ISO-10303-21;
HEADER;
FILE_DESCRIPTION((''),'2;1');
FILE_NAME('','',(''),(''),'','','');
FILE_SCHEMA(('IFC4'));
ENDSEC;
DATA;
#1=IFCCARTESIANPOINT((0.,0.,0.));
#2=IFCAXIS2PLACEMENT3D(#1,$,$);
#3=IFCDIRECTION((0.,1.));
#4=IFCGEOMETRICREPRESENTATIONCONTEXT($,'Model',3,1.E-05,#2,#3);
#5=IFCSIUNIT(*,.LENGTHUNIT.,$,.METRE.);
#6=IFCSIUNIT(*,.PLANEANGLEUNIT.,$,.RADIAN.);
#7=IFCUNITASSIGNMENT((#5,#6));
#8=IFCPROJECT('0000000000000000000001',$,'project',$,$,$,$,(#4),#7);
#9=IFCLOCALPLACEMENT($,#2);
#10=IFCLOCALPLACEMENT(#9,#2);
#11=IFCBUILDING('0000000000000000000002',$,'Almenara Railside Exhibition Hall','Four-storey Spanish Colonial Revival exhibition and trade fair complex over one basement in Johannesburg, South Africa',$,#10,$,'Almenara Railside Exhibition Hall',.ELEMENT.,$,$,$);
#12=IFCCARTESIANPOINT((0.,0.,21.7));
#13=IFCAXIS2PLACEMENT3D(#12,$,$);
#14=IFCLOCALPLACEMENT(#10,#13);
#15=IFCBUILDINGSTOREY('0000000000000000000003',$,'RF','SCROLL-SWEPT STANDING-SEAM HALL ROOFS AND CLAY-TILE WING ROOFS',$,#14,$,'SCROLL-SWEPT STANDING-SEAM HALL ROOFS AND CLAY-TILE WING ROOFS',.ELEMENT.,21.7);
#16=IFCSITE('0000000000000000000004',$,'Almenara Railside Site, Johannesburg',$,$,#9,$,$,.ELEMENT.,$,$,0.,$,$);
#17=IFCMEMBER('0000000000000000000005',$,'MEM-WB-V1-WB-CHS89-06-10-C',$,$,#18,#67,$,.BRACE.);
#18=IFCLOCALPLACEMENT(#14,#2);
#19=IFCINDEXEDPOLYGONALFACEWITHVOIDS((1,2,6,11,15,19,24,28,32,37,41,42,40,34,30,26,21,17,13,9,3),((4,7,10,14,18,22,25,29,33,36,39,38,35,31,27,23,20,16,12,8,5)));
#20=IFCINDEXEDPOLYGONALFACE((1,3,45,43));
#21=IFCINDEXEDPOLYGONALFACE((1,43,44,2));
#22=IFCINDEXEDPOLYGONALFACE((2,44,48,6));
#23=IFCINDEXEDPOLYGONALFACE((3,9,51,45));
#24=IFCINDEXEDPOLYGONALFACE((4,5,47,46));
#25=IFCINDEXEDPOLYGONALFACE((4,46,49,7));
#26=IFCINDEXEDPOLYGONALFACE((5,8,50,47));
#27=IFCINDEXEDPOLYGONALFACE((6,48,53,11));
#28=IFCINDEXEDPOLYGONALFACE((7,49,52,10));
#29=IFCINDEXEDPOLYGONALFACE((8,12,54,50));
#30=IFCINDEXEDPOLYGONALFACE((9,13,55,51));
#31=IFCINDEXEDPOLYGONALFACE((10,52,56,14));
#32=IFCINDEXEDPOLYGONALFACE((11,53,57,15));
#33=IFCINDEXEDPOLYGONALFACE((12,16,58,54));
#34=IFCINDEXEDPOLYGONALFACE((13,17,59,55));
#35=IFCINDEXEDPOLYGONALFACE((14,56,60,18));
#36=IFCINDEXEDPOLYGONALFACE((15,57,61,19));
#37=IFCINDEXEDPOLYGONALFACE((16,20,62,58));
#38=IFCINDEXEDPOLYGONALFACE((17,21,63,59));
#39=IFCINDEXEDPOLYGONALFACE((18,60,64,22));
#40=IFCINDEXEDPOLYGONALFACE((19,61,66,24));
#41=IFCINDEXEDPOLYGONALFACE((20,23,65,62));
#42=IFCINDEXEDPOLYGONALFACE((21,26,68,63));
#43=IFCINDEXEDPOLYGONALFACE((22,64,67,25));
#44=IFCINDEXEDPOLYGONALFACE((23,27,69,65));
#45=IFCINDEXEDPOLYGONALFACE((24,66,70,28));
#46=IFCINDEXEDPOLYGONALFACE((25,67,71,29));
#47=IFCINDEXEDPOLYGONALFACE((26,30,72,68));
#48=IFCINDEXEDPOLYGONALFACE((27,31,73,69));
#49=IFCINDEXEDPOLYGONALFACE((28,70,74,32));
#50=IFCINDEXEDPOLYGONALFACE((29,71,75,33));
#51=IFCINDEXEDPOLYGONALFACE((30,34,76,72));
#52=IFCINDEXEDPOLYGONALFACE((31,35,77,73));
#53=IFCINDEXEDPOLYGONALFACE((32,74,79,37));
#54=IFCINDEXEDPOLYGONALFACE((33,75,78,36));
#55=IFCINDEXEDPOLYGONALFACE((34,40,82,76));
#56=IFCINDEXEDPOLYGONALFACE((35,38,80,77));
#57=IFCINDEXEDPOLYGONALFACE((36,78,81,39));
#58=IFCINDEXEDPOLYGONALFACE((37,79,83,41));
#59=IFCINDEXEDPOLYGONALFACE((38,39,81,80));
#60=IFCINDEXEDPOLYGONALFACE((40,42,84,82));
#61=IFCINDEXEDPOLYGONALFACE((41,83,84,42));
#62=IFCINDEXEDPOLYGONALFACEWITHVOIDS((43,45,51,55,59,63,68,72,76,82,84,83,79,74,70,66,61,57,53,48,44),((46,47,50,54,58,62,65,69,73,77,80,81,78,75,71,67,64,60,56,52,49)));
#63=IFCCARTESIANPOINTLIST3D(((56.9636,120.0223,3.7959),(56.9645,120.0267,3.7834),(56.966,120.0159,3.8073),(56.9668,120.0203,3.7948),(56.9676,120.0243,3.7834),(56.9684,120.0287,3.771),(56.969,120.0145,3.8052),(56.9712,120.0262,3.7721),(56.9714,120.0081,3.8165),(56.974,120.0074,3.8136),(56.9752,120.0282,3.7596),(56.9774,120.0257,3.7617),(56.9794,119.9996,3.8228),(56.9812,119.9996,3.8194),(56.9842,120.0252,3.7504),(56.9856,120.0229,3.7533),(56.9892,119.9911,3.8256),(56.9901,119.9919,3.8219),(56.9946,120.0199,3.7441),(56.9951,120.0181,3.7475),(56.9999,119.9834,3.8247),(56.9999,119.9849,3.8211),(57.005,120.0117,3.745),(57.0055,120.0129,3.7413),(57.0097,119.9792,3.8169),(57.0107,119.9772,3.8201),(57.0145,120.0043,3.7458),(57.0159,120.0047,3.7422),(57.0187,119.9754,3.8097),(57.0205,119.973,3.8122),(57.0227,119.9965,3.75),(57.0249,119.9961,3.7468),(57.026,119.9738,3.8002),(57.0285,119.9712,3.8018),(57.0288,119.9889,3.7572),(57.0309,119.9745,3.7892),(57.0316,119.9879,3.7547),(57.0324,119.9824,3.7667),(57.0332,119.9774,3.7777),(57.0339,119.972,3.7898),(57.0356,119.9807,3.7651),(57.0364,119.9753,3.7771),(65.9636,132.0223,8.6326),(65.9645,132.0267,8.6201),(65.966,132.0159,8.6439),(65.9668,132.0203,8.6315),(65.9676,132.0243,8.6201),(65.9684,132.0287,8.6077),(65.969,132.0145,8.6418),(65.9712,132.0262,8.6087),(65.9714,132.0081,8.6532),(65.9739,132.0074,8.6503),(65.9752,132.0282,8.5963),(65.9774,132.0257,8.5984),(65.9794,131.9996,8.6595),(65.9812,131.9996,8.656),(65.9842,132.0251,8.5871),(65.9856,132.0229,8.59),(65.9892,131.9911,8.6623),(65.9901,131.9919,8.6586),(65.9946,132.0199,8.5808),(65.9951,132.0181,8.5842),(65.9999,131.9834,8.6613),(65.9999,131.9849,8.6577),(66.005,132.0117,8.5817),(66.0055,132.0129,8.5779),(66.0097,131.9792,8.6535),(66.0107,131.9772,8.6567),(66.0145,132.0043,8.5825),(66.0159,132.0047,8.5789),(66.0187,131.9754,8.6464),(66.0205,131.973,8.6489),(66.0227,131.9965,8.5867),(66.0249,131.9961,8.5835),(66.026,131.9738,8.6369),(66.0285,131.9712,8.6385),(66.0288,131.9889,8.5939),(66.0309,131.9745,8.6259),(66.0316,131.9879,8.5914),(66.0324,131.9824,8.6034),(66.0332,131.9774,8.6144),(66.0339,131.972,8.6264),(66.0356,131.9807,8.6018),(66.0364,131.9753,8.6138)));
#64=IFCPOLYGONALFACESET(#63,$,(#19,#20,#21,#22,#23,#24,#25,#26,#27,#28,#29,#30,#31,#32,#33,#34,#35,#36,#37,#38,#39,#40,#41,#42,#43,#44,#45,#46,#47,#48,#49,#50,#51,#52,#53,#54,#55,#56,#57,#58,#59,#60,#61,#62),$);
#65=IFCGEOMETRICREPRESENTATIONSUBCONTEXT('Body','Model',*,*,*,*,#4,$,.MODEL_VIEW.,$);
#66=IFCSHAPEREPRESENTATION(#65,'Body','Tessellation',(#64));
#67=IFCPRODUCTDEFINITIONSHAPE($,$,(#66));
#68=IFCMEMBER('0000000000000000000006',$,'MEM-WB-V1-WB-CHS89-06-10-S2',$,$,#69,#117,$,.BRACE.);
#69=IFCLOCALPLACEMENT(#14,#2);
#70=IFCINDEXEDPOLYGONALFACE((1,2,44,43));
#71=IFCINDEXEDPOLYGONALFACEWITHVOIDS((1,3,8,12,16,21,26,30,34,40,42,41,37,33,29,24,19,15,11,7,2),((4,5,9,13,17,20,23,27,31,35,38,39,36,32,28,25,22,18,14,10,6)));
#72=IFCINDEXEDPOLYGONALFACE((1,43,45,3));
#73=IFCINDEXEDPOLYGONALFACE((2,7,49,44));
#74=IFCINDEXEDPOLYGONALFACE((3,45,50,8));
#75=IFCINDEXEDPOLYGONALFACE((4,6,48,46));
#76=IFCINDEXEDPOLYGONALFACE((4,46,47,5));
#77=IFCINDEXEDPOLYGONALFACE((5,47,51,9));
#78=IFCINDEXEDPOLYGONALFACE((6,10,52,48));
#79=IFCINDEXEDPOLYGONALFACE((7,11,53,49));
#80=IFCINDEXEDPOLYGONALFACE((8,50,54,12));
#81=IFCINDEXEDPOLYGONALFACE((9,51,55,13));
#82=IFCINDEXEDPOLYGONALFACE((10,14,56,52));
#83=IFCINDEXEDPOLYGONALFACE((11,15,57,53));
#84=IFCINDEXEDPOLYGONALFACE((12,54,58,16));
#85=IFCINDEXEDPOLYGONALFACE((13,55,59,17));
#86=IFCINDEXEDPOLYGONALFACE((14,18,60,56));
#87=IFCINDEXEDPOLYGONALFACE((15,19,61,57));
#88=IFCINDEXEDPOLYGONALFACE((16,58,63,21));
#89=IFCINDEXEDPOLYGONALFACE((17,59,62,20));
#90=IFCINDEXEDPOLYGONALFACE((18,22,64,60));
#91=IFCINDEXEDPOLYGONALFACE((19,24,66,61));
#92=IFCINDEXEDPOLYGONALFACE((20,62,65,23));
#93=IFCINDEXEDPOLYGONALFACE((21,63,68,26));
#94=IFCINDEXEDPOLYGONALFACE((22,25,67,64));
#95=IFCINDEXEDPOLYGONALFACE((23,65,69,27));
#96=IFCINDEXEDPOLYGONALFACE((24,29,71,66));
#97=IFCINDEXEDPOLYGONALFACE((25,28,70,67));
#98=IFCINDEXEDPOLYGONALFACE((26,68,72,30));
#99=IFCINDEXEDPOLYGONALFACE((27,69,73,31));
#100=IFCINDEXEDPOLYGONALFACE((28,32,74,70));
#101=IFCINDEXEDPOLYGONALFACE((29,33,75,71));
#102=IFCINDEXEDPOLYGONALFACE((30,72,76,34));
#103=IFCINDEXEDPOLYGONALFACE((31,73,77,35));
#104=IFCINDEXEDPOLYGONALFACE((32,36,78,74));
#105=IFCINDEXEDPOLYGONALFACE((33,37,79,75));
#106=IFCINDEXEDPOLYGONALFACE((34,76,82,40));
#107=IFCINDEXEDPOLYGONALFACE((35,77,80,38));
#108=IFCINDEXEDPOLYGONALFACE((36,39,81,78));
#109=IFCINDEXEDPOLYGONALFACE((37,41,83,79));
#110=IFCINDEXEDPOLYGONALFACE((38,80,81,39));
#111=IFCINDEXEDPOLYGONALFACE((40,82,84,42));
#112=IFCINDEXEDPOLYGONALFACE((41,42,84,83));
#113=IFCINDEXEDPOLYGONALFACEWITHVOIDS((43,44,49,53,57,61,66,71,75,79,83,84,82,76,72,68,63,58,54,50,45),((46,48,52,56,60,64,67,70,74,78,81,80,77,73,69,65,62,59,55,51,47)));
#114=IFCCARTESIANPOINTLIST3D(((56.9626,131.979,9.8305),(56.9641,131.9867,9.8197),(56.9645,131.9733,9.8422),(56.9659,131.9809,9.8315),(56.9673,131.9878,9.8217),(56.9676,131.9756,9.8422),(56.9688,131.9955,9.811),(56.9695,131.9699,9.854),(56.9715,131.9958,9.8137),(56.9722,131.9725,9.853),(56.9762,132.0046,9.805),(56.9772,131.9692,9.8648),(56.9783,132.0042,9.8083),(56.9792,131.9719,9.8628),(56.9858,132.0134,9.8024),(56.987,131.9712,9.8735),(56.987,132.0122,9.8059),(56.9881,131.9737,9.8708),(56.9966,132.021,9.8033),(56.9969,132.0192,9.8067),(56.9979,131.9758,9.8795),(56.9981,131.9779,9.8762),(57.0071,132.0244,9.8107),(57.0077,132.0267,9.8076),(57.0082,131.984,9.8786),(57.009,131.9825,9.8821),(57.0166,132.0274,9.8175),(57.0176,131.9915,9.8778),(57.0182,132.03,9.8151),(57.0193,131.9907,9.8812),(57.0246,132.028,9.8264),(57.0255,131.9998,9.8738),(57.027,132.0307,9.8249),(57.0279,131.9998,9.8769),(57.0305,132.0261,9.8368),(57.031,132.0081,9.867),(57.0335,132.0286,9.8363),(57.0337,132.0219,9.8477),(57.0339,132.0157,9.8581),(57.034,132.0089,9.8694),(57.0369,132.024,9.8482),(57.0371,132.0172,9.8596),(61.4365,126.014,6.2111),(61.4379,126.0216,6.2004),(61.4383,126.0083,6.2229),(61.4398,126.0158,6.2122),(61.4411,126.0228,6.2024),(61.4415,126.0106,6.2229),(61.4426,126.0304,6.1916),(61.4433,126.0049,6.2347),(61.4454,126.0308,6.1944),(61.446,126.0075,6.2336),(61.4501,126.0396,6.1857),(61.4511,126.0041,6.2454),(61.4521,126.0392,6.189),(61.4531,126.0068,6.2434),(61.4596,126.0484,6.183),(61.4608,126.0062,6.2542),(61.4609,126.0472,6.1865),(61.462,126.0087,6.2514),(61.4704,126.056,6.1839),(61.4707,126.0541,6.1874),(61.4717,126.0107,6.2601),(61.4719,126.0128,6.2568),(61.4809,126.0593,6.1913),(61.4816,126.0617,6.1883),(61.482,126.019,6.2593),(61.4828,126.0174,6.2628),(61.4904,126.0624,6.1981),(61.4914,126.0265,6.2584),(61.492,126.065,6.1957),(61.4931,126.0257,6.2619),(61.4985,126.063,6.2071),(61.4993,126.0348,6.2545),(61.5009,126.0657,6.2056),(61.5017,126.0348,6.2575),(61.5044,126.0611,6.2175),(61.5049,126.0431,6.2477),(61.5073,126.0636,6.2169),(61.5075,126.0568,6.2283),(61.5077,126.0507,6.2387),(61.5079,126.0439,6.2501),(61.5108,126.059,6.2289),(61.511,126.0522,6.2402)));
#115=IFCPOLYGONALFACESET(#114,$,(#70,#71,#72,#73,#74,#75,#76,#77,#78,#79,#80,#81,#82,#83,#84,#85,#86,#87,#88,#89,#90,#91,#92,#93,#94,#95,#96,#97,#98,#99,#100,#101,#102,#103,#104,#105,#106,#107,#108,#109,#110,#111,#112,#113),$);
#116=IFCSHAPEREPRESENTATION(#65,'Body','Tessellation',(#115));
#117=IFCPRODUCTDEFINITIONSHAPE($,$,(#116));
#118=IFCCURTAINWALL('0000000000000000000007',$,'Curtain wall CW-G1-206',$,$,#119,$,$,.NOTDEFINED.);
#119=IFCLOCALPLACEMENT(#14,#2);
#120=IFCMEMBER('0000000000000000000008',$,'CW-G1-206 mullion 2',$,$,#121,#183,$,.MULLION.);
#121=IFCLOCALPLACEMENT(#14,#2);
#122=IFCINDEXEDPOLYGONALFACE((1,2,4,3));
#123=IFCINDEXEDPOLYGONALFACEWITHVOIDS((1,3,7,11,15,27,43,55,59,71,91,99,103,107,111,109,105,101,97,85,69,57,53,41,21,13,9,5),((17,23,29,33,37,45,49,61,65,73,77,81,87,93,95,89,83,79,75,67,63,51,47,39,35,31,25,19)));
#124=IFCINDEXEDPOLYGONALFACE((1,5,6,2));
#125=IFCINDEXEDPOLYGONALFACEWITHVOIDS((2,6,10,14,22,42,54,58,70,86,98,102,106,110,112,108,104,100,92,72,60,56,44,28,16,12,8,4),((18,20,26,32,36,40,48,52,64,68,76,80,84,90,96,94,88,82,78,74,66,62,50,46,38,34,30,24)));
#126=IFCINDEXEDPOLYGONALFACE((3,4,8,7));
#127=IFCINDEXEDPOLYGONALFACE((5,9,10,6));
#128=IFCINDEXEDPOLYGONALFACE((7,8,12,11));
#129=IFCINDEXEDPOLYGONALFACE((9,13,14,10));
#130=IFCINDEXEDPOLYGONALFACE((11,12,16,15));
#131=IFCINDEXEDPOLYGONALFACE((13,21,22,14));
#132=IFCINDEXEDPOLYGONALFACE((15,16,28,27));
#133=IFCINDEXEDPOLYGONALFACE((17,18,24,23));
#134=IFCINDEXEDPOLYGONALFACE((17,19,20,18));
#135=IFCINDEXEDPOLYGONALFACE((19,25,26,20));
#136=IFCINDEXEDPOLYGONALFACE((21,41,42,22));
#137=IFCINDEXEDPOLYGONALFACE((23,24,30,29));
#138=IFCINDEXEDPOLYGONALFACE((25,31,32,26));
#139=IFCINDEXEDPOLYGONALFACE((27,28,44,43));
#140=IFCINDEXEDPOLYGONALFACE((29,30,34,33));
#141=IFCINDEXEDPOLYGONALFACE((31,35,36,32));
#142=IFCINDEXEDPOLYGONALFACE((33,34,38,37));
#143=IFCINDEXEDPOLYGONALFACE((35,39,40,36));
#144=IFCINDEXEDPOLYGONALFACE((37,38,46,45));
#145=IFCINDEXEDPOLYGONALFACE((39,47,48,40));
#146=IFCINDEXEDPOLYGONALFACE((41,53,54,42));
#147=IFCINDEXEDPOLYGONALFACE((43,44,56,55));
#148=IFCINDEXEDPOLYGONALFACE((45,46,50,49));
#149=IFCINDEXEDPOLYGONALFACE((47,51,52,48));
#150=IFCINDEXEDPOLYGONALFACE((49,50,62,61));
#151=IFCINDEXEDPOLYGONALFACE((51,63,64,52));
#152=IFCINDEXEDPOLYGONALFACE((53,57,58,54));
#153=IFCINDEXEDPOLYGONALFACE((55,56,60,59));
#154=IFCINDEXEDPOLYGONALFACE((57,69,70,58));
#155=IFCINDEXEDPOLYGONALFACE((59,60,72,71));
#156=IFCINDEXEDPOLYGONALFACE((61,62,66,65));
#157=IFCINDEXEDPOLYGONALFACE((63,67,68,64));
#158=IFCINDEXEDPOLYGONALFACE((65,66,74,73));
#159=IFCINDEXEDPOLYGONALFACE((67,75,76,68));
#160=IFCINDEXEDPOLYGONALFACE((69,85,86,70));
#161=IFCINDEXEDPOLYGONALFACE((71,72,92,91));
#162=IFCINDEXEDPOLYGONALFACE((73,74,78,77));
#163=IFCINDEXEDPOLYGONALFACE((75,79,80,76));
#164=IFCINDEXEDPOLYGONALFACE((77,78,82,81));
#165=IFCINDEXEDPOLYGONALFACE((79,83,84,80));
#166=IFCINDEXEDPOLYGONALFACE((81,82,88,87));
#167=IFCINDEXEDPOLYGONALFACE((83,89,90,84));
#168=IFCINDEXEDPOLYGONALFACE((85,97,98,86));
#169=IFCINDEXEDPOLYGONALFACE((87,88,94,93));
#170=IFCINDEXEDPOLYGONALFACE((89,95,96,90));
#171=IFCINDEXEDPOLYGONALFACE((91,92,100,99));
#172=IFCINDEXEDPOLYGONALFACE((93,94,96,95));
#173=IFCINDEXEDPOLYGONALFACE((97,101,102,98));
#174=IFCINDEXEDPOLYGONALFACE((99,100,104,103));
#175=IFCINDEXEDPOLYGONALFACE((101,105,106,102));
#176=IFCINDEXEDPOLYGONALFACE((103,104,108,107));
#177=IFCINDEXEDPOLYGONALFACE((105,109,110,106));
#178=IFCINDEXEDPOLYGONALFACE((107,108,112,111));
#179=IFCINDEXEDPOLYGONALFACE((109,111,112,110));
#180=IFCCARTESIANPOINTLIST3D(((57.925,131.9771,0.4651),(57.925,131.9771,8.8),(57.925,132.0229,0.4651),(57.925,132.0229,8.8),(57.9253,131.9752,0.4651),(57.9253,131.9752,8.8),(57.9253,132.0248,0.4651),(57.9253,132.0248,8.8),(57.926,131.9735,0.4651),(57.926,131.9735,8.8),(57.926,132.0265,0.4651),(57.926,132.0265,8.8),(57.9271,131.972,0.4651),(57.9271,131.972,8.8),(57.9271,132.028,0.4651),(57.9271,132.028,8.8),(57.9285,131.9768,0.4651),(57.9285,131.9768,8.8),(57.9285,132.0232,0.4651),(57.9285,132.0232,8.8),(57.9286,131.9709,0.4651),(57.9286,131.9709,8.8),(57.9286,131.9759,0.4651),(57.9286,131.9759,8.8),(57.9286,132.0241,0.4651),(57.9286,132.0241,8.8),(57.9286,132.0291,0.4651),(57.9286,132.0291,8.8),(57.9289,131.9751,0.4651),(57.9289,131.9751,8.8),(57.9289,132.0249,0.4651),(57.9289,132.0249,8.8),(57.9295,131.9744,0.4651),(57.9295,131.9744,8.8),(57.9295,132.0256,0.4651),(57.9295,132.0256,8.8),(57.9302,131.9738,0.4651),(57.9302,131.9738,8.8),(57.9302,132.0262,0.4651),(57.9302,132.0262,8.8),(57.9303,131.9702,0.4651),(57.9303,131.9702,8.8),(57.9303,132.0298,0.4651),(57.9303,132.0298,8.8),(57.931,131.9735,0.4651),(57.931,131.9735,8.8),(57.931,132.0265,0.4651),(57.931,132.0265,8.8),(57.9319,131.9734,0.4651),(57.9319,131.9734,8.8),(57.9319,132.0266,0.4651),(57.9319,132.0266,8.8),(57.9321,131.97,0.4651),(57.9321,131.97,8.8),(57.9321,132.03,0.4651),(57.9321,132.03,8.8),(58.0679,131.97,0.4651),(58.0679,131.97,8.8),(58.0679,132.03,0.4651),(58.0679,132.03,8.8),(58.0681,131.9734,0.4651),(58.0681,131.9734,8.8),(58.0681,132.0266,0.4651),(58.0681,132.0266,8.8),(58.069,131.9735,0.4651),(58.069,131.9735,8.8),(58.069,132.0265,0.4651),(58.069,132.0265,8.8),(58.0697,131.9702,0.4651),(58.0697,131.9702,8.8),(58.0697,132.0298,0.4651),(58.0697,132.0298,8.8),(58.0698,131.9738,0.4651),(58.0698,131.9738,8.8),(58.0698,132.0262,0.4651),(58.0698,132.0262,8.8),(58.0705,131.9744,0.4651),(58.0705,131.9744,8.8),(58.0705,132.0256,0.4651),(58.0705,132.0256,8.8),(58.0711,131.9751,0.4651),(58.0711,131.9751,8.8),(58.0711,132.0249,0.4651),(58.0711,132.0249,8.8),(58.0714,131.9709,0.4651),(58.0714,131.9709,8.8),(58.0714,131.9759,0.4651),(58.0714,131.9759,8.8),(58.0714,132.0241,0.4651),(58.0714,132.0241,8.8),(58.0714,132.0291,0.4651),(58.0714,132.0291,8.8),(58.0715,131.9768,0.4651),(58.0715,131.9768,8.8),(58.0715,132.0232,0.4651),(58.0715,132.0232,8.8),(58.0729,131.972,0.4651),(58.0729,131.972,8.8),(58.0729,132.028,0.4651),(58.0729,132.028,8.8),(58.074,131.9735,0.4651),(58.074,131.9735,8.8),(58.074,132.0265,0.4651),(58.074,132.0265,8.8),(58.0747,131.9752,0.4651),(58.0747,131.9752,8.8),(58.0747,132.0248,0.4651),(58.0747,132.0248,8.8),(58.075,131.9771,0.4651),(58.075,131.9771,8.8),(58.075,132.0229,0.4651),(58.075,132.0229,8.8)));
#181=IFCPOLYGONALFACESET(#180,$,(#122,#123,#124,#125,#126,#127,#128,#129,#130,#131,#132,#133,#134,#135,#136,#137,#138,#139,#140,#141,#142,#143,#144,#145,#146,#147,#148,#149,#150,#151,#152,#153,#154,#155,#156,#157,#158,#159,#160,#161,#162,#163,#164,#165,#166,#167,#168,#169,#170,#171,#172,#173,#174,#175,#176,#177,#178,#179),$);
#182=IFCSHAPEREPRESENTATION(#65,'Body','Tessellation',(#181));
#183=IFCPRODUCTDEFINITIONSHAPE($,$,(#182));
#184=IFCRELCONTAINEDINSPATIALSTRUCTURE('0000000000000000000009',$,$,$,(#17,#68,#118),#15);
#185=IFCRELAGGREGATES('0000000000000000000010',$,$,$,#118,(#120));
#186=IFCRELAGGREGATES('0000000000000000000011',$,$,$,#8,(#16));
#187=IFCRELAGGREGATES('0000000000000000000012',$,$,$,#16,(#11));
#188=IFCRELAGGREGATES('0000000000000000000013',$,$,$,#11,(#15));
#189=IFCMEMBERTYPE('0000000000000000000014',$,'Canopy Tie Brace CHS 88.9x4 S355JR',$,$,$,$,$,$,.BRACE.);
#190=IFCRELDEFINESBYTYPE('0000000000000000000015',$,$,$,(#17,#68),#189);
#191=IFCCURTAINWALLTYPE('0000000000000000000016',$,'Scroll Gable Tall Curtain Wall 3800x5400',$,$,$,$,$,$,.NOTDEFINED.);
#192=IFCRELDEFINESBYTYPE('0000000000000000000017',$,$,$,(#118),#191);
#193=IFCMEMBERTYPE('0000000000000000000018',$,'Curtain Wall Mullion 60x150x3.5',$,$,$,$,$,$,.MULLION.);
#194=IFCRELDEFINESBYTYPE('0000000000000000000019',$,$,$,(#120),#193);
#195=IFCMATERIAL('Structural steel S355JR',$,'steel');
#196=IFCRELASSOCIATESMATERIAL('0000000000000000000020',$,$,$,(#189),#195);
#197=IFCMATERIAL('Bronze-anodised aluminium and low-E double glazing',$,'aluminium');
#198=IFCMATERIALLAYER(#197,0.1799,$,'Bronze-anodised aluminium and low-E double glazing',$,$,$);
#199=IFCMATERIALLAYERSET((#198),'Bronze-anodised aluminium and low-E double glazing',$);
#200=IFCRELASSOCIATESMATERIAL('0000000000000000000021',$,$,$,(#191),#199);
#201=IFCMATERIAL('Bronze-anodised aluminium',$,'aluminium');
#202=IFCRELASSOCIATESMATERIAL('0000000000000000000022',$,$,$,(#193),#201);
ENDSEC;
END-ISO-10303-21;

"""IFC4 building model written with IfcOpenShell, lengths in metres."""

from ifc_helpers import new_model, si_unit, direction, frame, origin, origin_2d, place, context, subcontext, project, spatial, hollow_rectangle, hollow_circle, extrude, material, layer, layer_set, material_profile, profile_set, type_object, element, aggregate, save


model = new_model("IFC4")

# Units and contexts
model_context = context("Model", 3, precision=1e-05, world=origin(), true_north=direction((0.0, 1.0)))
body_context = subcontext(model_context, "Body", "Model", "MODEL_VIEW")
ifc_project = project(units=[si_unit("LENGTHUNIT", "METRE"), si_unit("PLANEANGLEUNIT", "RADIAN")], contexts=[model_context])

# Site, building, storey
site_placement = place(None, origin())
site = spatial("IfcSite", under=ifc_project, at=site_placement, Name="Almenara Railside Site, Johannesburg", CompositionType="ELEMENT", RefElevation=0.0)
building_placement = place(site_placement, origin())
building = spatial("IfcBuilding", under=site, at=building_placement, Name="Almenara Railside Exhibition Hall", Description="Four-storey Spanish Colonial Revival exhibition and trade fair complex over one basement in Johannesburg, South Africa", LongName="Almenara Railside Exhibition Hall", CompositionType="ELEMENT")
storey_placement = place(building_placement, frame((0.0, 0.0, 21.7)))
storey = spatial("IfcBuildingStorey", under=building, at=storey_placement, Name="RF", Description="SCROLL-SWEPT STANDING-SEAM HALL ROOFS AND CLAY-TILE WING ROOFS", LongName="SCROLL-SWEPT STANDING-SEAM HALL ROOFS AND CLAY-TILE WING ROOFS", CompositionType="ELEMENT", Elevation=21.7)

# Members
ifc_material_1 = material(Name="Structural steel S355JR", Category="steel")
ifc_material_profile_1 = material_profile(ifc_material_1, hollow_circle(Radius=0.0444, WallThickness=0.0039, at=origin_2d()), Name="CHS 88.9x4")
ifc_profile_set_1 = profile_set([ifc_material_profile_1], Name="Structural steel S355JR")
member_type_1 = type_object("IfcMemberType", Name="Canopy Tie Brace CHS 88.9x4 S355JR", PredefinedType="BRACE", material=ifc_profile_set_1)
member_1_placement = place(storey_placement, frame((57.0, 120.0, 3.7834), z_axis=(0.571048, 0.761397, 0.306886), x_axis=(-0.8, 0.6, 0.0)))
element("IfcMember", 1, at=member_1_placement, inside=storey, type_object=member_type_1, Name="MEM-WB-V1-WB-CHS89-06-10-C", PredefinedType="BRACE", context=body_context, shape_type="SweptSolid", body=[
    extrude(hollow_circle(Radius=0.0444, WallThickness=0.0039, at=origin_2d()), origin(), (0.0, 0.0, 1.0), 15.7605),
])
member_2_placement = place(storey_placement, frame((61.4739, 126.0349, 6.2229), z_axis=(-0.539775, 0.71969, 0.43668), x_axis=(-0.799996, -0.600005, 0.0)))
element("IfcMember", 2, at=member_2_placement, inside=storey, type_object=member_type_1, Name="MEM-WB-V1-WB-CHS89-06-10-S2", PredefinedType="BRACE", context=body_context, shape_type="SweptSolid", body=[
    extrude(hollow_circle(Radius=0.0444, WallThickness=0.0039, at=origin_2d()), origin(), (0.0, 0.0, 1.0), 8.2883),
])

# Curtain wall, member
ifc_material_2 = material(Name="Bronze-anodised aluminium and low-E double glazing", Category="aluminium")
ifc_layer_1 = layer(ifc_material_2, 0.1799, Name="Bronze-anodised aluminium and low-E double glazing")
ifc_layer_set_1 = layer_set([ifc_layer_1], Name="Bronze-anodised aluminium and low-E double glazing")
curtain_wall_type = type_object("IfcCurtainWallType", Name="Scroll Gable Tall Curtain Wall 3800x5400", PredefinedType="NOTDEFINED", material=ifc_layer_set_1)
curtain_wall_placement = place(storey_placement, origin())
curtain_wall = element("IfcCurtainWall", 3, at=curtain_wall_placement, inside=storey, type_object=curtain_wall_type, Name="Curtain wall CW-G1-206", PredefinedType="NOTDEFINED")
ifc_material_3 = material(Name="Bronze-anodised aluminium", Category="aluminium")
ifc_material_profile_2 = material_profile(ifc_material_3, hollow_rectangle(XDim=0.0601, YDim=0.1499, WallThickness=0.0034, InnerFilletRadius=0.0034, OuterFilletRadius=0.0071, at=origin_2d()), Name="ALU-MUL 60x150x3.5")
ifc_profile_set_2 = profile_set([ifc_material_profile_2], Name="Bronze-anodised aluminium")
member_type_2 = type_object("IfcMemberType", Name="Curtain Wall Mullion 60x150x3.5", PredefinedType="MULLION", material=ifc_profile_set_2)
member_3_placement = place(storey_placement, frame((58.0, 132.0, 0.4651), z_axis=(0.0, 0.0, 1.0), x_axis=(0.0, 1.0, 0.0)))
member_3 = element("IfcMember", 4, at=member_3_placement, type_object=member_type_2, Name="CW-G1-206 mullion 2", PredefinedType="MULLION", context=body_context, shape_type="SweptSolid", body=[
    extrude(hollow_rectangle(XDim=0.0601, YDim=0.1499, WallThickness=0.0034, InnerFilletRadius=0.0034, OuterFilletRadius=0.0071, at=origin_2d()), origin(), (0.0, 0.0, 1.0), 8.335),
])

aggregate(curtain_wall, [member_3])

save(model, "model.ifc")
